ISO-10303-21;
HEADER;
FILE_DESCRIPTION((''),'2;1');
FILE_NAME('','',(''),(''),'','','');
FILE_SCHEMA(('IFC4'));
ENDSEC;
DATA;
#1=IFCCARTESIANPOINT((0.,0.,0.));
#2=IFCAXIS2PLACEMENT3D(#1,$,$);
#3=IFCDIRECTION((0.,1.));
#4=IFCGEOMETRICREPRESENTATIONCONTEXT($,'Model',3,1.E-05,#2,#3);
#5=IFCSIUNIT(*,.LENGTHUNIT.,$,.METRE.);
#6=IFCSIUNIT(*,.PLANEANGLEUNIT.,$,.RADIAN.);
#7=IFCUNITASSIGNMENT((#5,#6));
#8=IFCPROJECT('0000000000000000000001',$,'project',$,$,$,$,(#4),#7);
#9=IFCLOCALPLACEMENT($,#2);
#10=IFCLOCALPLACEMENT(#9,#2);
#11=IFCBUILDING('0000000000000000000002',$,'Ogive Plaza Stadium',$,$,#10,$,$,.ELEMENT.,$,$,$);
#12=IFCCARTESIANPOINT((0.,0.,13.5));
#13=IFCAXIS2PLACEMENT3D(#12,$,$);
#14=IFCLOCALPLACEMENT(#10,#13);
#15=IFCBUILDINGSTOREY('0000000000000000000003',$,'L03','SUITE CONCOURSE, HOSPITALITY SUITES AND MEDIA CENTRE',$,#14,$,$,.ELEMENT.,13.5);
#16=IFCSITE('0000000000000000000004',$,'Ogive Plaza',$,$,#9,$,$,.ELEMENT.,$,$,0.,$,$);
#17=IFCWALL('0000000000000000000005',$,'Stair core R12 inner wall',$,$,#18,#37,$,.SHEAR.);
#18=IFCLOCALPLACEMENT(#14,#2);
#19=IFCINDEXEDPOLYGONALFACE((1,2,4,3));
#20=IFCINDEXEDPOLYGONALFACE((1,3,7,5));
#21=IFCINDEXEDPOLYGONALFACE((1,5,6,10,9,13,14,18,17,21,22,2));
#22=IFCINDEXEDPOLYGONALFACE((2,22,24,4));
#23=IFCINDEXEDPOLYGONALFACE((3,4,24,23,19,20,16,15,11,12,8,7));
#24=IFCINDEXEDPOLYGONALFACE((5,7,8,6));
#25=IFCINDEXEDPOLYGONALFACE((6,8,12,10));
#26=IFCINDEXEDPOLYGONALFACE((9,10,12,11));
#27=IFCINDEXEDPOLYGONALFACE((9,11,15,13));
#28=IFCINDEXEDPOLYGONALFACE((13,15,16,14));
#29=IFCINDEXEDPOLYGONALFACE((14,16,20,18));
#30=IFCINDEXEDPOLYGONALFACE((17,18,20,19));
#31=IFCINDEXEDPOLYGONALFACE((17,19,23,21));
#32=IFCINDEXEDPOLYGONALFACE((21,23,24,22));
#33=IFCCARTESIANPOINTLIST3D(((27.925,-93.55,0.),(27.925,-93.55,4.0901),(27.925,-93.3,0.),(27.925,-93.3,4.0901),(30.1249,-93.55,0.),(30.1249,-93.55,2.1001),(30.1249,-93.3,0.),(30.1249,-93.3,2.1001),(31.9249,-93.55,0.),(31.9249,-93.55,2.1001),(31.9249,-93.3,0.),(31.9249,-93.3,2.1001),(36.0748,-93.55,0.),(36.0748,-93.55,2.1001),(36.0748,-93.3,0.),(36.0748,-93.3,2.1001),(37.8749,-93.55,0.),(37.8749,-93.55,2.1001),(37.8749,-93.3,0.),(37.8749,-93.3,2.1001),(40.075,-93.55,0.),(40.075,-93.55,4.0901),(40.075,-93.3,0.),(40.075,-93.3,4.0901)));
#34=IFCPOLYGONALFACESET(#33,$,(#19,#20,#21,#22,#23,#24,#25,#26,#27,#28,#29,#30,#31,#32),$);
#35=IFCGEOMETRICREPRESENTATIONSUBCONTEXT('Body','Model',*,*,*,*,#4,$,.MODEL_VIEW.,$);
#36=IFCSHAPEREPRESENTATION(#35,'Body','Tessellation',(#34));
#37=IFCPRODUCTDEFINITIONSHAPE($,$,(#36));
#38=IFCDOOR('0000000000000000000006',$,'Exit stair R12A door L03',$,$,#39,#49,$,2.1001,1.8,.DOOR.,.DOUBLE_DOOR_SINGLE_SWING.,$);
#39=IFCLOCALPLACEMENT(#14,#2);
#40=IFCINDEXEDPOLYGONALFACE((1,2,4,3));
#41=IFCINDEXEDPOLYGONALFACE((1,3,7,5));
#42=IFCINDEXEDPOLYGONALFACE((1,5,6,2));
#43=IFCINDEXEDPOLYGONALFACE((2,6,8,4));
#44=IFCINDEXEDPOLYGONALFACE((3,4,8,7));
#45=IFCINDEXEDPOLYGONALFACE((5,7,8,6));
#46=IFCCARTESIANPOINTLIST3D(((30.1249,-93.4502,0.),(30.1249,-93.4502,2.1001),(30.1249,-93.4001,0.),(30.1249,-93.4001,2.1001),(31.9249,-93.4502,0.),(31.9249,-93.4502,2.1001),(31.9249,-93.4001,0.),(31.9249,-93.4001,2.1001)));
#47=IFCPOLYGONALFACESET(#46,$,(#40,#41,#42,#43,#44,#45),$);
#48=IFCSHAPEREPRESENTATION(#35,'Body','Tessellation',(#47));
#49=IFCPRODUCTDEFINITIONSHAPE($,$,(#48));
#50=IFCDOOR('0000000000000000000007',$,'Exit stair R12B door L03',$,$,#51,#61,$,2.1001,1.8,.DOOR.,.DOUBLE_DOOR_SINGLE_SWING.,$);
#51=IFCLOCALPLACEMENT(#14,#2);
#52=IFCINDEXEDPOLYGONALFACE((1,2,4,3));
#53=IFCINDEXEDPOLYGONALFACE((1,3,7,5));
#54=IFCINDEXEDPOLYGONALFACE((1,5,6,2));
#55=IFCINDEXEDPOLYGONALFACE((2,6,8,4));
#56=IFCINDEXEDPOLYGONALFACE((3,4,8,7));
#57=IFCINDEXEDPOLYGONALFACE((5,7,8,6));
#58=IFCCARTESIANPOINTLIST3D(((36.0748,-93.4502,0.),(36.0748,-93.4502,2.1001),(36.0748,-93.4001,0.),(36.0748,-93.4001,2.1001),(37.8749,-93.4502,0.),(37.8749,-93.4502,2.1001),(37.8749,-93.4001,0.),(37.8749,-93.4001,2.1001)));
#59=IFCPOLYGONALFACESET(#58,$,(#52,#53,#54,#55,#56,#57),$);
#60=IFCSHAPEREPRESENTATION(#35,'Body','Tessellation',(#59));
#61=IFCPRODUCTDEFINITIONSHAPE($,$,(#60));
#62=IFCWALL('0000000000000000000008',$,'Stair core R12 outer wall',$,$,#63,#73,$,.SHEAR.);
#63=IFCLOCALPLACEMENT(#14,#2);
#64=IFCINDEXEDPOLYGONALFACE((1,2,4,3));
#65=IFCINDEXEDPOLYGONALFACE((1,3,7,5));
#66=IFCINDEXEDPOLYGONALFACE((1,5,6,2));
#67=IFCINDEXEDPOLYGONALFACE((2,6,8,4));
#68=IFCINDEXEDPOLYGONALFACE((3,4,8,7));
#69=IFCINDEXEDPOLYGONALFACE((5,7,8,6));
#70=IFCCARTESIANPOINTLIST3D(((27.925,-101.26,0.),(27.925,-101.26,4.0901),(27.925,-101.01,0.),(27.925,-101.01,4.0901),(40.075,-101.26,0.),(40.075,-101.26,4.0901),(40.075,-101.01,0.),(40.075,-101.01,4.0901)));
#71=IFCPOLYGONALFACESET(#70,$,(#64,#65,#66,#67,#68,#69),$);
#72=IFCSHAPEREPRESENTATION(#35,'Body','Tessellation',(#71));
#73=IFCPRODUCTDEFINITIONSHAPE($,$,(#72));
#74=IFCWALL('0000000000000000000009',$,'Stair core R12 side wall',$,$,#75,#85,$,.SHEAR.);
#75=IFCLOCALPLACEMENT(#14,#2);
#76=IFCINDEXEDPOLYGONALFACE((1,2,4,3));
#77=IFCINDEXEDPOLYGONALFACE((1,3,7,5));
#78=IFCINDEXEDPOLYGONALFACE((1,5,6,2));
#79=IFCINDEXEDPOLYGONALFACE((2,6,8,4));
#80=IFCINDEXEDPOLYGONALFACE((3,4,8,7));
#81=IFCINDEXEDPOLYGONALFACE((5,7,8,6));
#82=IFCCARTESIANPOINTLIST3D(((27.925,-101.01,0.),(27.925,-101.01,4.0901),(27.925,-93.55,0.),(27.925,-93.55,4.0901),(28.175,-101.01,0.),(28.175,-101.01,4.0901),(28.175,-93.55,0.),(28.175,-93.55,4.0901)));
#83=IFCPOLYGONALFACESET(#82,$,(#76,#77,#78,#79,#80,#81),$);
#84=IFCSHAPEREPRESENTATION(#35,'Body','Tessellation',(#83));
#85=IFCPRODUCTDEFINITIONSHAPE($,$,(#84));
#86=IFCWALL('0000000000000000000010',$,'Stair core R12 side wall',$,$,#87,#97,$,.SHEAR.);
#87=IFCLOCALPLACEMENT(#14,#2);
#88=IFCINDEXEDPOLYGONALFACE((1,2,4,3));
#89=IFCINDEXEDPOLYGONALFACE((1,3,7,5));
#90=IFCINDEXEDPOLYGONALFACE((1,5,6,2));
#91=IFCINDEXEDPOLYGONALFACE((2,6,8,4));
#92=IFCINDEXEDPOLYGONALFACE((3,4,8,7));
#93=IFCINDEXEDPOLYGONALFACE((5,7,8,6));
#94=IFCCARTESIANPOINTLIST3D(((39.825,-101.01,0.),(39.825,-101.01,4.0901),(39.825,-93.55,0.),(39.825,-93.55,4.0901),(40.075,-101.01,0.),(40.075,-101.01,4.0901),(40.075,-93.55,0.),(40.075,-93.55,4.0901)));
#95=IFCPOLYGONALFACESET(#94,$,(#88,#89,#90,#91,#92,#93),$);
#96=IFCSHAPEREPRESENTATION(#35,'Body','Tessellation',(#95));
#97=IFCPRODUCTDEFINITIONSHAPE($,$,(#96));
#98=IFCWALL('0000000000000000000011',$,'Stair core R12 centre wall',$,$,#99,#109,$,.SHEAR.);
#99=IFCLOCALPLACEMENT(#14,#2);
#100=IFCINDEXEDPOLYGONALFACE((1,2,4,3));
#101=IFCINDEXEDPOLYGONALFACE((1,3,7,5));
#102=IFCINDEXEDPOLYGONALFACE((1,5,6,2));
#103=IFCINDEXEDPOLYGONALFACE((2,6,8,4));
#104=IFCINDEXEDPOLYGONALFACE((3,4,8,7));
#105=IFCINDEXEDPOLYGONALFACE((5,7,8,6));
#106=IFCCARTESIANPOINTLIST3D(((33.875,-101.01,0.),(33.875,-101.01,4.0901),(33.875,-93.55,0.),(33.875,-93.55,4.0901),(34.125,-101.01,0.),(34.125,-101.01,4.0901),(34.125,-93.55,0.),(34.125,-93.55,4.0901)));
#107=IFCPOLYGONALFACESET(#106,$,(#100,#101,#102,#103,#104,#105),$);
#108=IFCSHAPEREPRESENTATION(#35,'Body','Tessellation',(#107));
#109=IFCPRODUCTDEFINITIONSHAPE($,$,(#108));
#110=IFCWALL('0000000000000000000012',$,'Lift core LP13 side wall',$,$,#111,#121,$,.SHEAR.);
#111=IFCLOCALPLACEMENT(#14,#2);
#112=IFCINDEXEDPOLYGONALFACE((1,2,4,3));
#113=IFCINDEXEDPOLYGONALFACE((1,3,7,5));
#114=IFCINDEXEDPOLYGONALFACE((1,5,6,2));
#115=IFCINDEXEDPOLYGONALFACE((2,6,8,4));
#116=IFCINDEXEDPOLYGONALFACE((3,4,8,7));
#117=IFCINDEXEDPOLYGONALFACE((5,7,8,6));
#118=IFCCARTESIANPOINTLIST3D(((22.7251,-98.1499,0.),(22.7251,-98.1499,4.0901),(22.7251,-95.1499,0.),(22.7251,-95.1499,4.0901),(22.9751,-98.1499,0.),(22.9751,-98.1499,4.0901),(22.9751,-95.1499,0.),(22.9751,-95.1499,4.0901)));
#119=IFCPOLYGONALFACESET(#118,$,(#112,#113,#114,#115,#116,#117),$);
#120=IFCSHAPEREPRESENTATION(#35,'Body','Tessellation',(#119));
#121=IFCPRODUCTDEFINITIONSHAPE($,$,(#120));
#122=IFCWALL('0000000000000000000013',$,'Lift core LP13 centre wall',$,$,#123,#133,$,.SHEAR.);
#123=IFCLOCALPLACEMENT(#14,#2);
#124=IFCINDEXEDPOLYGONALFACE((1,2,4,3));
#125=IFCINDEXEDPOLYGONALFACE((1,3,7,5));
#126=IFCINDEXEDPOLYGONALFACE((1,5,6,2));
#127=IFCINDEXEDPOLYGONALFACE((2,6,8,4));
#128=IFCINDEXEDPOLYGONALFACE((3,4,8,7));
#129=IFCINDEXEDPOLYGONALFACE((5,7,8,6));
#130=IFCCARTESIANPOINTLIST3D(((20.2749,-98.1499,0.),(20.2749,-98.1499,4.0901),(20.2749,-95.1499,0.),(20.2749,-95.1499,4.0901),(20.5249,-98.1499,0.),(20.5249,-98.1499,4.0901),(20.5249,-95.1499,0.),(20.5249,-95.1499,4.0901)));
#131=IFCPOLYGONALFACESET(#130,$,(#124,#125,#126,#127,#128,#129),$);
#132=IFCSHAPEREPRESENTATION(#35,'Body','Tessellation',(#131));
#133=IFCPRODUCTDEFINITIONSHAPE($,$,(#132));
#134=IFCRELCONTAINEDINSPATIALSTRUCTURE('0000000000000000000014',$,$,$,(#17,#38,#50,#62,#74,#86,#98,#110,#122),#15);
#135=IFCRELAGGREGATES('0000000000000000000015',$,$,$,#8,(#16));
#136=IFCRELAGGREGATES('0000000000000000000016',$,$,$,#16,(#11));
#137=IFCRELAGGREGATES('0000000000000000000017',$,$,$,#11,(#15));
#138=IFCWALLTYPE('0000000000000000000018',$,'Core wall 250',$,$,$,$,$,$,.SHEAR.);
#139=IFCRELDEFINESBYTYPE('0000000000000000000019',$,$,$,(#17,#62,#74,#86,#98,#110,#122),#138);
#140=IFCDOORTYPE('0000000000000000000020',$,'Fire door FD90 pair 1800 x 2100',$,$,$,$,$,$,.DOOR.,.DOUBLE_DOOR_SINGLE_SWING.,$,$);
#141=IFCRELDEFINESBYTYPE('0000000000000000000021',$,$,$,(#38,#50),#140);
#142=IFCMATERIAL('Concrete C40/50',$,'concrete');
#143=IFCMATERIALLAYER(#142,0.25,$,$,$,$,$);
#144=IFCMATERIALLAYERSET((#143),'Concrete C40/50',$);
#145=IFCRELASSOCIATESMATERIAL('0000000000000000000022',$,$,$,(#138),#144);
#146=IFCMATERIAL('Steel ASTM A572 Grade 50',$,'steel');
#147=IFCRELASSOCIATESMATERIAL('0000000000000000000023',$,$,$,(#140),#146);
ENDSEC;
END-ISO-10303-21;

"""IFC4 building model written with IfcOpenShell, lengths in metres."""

from ifc_helpers import new_model, si_unit, direction, frame, frame_2d, origin, place, context, subcontext, project, spatial, rectangle, extrude, material, layer, layer_set, type_object, element, fill, save


model = new_model("IFC4")

# Units and contexts
model_context = context("Model", 3, precision=1e-05, world=origin(), true_north=direction((0.0, 1.0)))
body_context = subcontext(model_context, "Body", "Model", "MODEL_VIEW")
ifc_project = project(units=[si_unit("LENGTHUNIT", "METRE"), si_unit("PLANEANGLEUNIT", "RADIAN")], contexts=[model_context])

# Site, building, storey
site_placement = place(None, origin())
site = spatial("IfcSite", under=ifc_project, at=site_placement, Name="Ogive Plaza", CompositionType="ELEMENT", RefElevation=0.0)
building_placement = place(site_placement, origin())
building = spatial("IfcBuilding", under=site, at=building_placement, Name="Ogive Plaza Stadium", CompositionType="ELEMENT")
storey_placement = place(building_placement, frame((0.0, 0.0, 13.5)))
storey = spatial("IfcBuildingStorey", under=building, at=storey_placement, Name="L03", Description="SUITE CONCOURSE, HOSPITALITY SUITES AND MEDIA CENTRE", CompositionType="ELEMENT", Elevation=13.5)

# Wall, openings, doors
ifc_material_1 = material(Name="Concrete C40/50", Category="concrete")
ifc_layer_1 = layer(ifc_material_1, 0.25)
ifc_layer_set_1 = layer_set([ifc_layer_1], Name="Concrete C40/50")
wall_type = type_object("IfcWallType", Name="Core wall 250", PredefinedType="SHEAR", material=ifc_layer_set_1)
wall_1_placement = place(storey_placement, frame((27.925, -93.425, 0.0), z_axis=(0.0, 0.0, 1.0), x_axis=(1.0, 0.0, 0.0)))
wall_1 = element("IfcWall", 1, at=wall_1_placement, inside=storey, type_object=wall_type, Name="Stair core R12 inner wall", PredefinedType="SHEAR", context=body_context, shape_type="SweptSolid", body=[
    extrude(rectangle(XDim=12.1499, YDim=0.25, at=frame_2d((6.075, 0.0))), origin(), (0.0, 0.0, 1.0), 4.0901),
])
opening_1_placement = place(wall_1_placement, frame((2.2, 0.0, 0.0)))
opening_1 = element("IfcOpeningElement", 2, at=opening_1_placement, cuts=wall_1, PredefinedType="OPENING", context=body_context, shape_type="SweptSolid", body=[
    extrude(rectangle(XDim=1.8, YDim=2.1001, at=frame_2d((0.8999, 1.05))), frame((0.0, 0.125, 0.0), z_axis=(0.0, -1.0, 0.0), x_axis=(1.0, 0.0, 0.0)), (0.0, 0.0, 1.0), 0.25),
])
opening_2_placement = place(wall_1_placement, frame((8.1499, 0.0, 0.0)))
opening_2 = element("IfcOpeningElement", 3, at=opening_2_placement, cuts=wall_1, PredefinedType="OPENING", context=body_context, shape_type="SweptSolid", body=[
    extrude(rectangle(XDim=1.8, YDim=2.1001, at=frame_2d((0.8999, 1.05))), frame((0.0, 0.125, 0.0), z_axis=(0.0, -1.0, 0.0), x_axis=(1.0, 0.0, 0.0)), (0.0, 0.0, 1.0), 0.25),
])
ifc_material_2 = material(Name="Steel ASTM A572 Grade 50", Category="steel")
door_type = type_object("IfcDoorType", Name="Fire door FD90 pair 1800 x 2100", OperationType="DOUBLE_DOOR_SINGLE_SWING", PredefinedType="DOOR", material=ifc_material_2)
door_1_placement = place(opening_1_placement, origin())
door_1 = element("IfcDoor", 4, at=door_1_placement, inside=storey, type_object=door_type, Name="Exit stair R12A door L03", OperationType="DOUBLE_DOOR_SINGLE_SWING", OverallHeight=2.1001, OverallWidth=1.8, PredefinedType="DOOR", context=body_context, shape_type="SweptSolid", body=[
    extrude(rectangle(XDim=1.8, YDim=2.1001, at=frame_2d((0.8999, 1.05))), frame((0.0, 0.0249, 0.0), z_axis=(0.0, -1.0, 0.0), x_axis=(1.0, 0.0, 0.0)), (0.0, 0.0, 1.0), 0.05),
])
fill(opening_1, door_1)
door_2_placement = place(opening_2_placement, origin())
door_2 = element("IfcDoor", 5, at=door_2_placement, inside=storey, type_object=door_type, Name="Exit stair R12B door L03", OperationType="DOUBLE_DOOR_SINGLE_SWING", OverallHeight=2.1001, OverallWidth=1.8, PredefinedType="DOOR", context=body_context, shape_type="SweptSolid", body=[
    extrude(rectangle(XDim=1.8, YDim=2.1001, at=frame_2d((0.8999, 1.05))), frame((0.0, 0.0249, 0.0), z_axis=(0.0, -1.0, 0.0), x_axis=(1.0, 0.0, 0.0)), (0.0, 0.0, 1.0), 0.05),
])
fill(opening_2, door_2)

# Walls
wall_2_placement = place(storey_placement, frame((27.925, -101.135, 0.0), z_axis=(0.0, 0.0, 1.0), x_axis=(1.0, 0.0, 0.0)))
element("IfcWall", 6, at=wall_2_placement, inside=storey, type_object=wall_type, Name="Stair core R12 outer wall", PredefinedType="SHEAR", context=body_context, shape_type="SweptSolid", body=[
    extrude(rectangle(XDim=12.1499, YDim=0.25, at=frame_2d((6.075, 0.0))), origin(), (0.0, 0.0, 1.0), 4.0901),
])
for number, where, z_axis, x_axis, name in (
    (7, (28.05, -93.55, 0.0), (0.0, 0.0, 1.0), (0.0, -1.0, 0.0), "Stair core R12 side wall"),
    (8, (39.95, -93.55, 0.0), (0.0, 0.0, 1.0), (0.0, -1.0, 0.0), "Stair core R12 side wall"),
    (9, (34.0, -93.55, 0.0), (0.0, 0.0, 1.0), (0.0, -1.0, 0.0), "Stair core R12 centre wall"),
):
    element("IfcWall", number, at=place(storey_placement, frame(where, z_axis=z_axis, x_axis=x_axis)), inside=storey, type_object=wall_type, Name=name, PredefinedType="SHEAR", context=body_context, shape_type="SweptSolid", body=[
        extrude(rectangle(XDim=7.46, YDim=0.25, at=frame_2d((3.73, 0.0))), origin(), (0.0, 0.0, 1.0), 4.0901),
    ])
for number, where, z_axis, x_axis, name in (
    (10, (22.8501, -95.1499, 0.0), (0.0, 0.0, 1.0), (0.0, -1.0, 0.0), "Lift core LP13 side wall"),
    (11, (20.3999, -95.1499, 0.0), (0.0, 0.0, 1.0), (0.0, -1.0, 0.0), "Lift core LP13 centre wall"),
):
    element("IfcWall", number, at=place(storey_placement, frame(where, z_axis=z_axis, x_axis=x_axis)), inside=storey, type_object=wall_type, Name=name, PredefinedType="SHEAR", context=body_context, shape_type="SweptSolid", body=[
        extrude(rectangle(XDim=3.0, YDim=0.25, at=frame_2d((1.5, 0.0))), origin(), (0.0, 0.0, 1.0), 4.0901),
    ])

save(model, "model.ifc")
